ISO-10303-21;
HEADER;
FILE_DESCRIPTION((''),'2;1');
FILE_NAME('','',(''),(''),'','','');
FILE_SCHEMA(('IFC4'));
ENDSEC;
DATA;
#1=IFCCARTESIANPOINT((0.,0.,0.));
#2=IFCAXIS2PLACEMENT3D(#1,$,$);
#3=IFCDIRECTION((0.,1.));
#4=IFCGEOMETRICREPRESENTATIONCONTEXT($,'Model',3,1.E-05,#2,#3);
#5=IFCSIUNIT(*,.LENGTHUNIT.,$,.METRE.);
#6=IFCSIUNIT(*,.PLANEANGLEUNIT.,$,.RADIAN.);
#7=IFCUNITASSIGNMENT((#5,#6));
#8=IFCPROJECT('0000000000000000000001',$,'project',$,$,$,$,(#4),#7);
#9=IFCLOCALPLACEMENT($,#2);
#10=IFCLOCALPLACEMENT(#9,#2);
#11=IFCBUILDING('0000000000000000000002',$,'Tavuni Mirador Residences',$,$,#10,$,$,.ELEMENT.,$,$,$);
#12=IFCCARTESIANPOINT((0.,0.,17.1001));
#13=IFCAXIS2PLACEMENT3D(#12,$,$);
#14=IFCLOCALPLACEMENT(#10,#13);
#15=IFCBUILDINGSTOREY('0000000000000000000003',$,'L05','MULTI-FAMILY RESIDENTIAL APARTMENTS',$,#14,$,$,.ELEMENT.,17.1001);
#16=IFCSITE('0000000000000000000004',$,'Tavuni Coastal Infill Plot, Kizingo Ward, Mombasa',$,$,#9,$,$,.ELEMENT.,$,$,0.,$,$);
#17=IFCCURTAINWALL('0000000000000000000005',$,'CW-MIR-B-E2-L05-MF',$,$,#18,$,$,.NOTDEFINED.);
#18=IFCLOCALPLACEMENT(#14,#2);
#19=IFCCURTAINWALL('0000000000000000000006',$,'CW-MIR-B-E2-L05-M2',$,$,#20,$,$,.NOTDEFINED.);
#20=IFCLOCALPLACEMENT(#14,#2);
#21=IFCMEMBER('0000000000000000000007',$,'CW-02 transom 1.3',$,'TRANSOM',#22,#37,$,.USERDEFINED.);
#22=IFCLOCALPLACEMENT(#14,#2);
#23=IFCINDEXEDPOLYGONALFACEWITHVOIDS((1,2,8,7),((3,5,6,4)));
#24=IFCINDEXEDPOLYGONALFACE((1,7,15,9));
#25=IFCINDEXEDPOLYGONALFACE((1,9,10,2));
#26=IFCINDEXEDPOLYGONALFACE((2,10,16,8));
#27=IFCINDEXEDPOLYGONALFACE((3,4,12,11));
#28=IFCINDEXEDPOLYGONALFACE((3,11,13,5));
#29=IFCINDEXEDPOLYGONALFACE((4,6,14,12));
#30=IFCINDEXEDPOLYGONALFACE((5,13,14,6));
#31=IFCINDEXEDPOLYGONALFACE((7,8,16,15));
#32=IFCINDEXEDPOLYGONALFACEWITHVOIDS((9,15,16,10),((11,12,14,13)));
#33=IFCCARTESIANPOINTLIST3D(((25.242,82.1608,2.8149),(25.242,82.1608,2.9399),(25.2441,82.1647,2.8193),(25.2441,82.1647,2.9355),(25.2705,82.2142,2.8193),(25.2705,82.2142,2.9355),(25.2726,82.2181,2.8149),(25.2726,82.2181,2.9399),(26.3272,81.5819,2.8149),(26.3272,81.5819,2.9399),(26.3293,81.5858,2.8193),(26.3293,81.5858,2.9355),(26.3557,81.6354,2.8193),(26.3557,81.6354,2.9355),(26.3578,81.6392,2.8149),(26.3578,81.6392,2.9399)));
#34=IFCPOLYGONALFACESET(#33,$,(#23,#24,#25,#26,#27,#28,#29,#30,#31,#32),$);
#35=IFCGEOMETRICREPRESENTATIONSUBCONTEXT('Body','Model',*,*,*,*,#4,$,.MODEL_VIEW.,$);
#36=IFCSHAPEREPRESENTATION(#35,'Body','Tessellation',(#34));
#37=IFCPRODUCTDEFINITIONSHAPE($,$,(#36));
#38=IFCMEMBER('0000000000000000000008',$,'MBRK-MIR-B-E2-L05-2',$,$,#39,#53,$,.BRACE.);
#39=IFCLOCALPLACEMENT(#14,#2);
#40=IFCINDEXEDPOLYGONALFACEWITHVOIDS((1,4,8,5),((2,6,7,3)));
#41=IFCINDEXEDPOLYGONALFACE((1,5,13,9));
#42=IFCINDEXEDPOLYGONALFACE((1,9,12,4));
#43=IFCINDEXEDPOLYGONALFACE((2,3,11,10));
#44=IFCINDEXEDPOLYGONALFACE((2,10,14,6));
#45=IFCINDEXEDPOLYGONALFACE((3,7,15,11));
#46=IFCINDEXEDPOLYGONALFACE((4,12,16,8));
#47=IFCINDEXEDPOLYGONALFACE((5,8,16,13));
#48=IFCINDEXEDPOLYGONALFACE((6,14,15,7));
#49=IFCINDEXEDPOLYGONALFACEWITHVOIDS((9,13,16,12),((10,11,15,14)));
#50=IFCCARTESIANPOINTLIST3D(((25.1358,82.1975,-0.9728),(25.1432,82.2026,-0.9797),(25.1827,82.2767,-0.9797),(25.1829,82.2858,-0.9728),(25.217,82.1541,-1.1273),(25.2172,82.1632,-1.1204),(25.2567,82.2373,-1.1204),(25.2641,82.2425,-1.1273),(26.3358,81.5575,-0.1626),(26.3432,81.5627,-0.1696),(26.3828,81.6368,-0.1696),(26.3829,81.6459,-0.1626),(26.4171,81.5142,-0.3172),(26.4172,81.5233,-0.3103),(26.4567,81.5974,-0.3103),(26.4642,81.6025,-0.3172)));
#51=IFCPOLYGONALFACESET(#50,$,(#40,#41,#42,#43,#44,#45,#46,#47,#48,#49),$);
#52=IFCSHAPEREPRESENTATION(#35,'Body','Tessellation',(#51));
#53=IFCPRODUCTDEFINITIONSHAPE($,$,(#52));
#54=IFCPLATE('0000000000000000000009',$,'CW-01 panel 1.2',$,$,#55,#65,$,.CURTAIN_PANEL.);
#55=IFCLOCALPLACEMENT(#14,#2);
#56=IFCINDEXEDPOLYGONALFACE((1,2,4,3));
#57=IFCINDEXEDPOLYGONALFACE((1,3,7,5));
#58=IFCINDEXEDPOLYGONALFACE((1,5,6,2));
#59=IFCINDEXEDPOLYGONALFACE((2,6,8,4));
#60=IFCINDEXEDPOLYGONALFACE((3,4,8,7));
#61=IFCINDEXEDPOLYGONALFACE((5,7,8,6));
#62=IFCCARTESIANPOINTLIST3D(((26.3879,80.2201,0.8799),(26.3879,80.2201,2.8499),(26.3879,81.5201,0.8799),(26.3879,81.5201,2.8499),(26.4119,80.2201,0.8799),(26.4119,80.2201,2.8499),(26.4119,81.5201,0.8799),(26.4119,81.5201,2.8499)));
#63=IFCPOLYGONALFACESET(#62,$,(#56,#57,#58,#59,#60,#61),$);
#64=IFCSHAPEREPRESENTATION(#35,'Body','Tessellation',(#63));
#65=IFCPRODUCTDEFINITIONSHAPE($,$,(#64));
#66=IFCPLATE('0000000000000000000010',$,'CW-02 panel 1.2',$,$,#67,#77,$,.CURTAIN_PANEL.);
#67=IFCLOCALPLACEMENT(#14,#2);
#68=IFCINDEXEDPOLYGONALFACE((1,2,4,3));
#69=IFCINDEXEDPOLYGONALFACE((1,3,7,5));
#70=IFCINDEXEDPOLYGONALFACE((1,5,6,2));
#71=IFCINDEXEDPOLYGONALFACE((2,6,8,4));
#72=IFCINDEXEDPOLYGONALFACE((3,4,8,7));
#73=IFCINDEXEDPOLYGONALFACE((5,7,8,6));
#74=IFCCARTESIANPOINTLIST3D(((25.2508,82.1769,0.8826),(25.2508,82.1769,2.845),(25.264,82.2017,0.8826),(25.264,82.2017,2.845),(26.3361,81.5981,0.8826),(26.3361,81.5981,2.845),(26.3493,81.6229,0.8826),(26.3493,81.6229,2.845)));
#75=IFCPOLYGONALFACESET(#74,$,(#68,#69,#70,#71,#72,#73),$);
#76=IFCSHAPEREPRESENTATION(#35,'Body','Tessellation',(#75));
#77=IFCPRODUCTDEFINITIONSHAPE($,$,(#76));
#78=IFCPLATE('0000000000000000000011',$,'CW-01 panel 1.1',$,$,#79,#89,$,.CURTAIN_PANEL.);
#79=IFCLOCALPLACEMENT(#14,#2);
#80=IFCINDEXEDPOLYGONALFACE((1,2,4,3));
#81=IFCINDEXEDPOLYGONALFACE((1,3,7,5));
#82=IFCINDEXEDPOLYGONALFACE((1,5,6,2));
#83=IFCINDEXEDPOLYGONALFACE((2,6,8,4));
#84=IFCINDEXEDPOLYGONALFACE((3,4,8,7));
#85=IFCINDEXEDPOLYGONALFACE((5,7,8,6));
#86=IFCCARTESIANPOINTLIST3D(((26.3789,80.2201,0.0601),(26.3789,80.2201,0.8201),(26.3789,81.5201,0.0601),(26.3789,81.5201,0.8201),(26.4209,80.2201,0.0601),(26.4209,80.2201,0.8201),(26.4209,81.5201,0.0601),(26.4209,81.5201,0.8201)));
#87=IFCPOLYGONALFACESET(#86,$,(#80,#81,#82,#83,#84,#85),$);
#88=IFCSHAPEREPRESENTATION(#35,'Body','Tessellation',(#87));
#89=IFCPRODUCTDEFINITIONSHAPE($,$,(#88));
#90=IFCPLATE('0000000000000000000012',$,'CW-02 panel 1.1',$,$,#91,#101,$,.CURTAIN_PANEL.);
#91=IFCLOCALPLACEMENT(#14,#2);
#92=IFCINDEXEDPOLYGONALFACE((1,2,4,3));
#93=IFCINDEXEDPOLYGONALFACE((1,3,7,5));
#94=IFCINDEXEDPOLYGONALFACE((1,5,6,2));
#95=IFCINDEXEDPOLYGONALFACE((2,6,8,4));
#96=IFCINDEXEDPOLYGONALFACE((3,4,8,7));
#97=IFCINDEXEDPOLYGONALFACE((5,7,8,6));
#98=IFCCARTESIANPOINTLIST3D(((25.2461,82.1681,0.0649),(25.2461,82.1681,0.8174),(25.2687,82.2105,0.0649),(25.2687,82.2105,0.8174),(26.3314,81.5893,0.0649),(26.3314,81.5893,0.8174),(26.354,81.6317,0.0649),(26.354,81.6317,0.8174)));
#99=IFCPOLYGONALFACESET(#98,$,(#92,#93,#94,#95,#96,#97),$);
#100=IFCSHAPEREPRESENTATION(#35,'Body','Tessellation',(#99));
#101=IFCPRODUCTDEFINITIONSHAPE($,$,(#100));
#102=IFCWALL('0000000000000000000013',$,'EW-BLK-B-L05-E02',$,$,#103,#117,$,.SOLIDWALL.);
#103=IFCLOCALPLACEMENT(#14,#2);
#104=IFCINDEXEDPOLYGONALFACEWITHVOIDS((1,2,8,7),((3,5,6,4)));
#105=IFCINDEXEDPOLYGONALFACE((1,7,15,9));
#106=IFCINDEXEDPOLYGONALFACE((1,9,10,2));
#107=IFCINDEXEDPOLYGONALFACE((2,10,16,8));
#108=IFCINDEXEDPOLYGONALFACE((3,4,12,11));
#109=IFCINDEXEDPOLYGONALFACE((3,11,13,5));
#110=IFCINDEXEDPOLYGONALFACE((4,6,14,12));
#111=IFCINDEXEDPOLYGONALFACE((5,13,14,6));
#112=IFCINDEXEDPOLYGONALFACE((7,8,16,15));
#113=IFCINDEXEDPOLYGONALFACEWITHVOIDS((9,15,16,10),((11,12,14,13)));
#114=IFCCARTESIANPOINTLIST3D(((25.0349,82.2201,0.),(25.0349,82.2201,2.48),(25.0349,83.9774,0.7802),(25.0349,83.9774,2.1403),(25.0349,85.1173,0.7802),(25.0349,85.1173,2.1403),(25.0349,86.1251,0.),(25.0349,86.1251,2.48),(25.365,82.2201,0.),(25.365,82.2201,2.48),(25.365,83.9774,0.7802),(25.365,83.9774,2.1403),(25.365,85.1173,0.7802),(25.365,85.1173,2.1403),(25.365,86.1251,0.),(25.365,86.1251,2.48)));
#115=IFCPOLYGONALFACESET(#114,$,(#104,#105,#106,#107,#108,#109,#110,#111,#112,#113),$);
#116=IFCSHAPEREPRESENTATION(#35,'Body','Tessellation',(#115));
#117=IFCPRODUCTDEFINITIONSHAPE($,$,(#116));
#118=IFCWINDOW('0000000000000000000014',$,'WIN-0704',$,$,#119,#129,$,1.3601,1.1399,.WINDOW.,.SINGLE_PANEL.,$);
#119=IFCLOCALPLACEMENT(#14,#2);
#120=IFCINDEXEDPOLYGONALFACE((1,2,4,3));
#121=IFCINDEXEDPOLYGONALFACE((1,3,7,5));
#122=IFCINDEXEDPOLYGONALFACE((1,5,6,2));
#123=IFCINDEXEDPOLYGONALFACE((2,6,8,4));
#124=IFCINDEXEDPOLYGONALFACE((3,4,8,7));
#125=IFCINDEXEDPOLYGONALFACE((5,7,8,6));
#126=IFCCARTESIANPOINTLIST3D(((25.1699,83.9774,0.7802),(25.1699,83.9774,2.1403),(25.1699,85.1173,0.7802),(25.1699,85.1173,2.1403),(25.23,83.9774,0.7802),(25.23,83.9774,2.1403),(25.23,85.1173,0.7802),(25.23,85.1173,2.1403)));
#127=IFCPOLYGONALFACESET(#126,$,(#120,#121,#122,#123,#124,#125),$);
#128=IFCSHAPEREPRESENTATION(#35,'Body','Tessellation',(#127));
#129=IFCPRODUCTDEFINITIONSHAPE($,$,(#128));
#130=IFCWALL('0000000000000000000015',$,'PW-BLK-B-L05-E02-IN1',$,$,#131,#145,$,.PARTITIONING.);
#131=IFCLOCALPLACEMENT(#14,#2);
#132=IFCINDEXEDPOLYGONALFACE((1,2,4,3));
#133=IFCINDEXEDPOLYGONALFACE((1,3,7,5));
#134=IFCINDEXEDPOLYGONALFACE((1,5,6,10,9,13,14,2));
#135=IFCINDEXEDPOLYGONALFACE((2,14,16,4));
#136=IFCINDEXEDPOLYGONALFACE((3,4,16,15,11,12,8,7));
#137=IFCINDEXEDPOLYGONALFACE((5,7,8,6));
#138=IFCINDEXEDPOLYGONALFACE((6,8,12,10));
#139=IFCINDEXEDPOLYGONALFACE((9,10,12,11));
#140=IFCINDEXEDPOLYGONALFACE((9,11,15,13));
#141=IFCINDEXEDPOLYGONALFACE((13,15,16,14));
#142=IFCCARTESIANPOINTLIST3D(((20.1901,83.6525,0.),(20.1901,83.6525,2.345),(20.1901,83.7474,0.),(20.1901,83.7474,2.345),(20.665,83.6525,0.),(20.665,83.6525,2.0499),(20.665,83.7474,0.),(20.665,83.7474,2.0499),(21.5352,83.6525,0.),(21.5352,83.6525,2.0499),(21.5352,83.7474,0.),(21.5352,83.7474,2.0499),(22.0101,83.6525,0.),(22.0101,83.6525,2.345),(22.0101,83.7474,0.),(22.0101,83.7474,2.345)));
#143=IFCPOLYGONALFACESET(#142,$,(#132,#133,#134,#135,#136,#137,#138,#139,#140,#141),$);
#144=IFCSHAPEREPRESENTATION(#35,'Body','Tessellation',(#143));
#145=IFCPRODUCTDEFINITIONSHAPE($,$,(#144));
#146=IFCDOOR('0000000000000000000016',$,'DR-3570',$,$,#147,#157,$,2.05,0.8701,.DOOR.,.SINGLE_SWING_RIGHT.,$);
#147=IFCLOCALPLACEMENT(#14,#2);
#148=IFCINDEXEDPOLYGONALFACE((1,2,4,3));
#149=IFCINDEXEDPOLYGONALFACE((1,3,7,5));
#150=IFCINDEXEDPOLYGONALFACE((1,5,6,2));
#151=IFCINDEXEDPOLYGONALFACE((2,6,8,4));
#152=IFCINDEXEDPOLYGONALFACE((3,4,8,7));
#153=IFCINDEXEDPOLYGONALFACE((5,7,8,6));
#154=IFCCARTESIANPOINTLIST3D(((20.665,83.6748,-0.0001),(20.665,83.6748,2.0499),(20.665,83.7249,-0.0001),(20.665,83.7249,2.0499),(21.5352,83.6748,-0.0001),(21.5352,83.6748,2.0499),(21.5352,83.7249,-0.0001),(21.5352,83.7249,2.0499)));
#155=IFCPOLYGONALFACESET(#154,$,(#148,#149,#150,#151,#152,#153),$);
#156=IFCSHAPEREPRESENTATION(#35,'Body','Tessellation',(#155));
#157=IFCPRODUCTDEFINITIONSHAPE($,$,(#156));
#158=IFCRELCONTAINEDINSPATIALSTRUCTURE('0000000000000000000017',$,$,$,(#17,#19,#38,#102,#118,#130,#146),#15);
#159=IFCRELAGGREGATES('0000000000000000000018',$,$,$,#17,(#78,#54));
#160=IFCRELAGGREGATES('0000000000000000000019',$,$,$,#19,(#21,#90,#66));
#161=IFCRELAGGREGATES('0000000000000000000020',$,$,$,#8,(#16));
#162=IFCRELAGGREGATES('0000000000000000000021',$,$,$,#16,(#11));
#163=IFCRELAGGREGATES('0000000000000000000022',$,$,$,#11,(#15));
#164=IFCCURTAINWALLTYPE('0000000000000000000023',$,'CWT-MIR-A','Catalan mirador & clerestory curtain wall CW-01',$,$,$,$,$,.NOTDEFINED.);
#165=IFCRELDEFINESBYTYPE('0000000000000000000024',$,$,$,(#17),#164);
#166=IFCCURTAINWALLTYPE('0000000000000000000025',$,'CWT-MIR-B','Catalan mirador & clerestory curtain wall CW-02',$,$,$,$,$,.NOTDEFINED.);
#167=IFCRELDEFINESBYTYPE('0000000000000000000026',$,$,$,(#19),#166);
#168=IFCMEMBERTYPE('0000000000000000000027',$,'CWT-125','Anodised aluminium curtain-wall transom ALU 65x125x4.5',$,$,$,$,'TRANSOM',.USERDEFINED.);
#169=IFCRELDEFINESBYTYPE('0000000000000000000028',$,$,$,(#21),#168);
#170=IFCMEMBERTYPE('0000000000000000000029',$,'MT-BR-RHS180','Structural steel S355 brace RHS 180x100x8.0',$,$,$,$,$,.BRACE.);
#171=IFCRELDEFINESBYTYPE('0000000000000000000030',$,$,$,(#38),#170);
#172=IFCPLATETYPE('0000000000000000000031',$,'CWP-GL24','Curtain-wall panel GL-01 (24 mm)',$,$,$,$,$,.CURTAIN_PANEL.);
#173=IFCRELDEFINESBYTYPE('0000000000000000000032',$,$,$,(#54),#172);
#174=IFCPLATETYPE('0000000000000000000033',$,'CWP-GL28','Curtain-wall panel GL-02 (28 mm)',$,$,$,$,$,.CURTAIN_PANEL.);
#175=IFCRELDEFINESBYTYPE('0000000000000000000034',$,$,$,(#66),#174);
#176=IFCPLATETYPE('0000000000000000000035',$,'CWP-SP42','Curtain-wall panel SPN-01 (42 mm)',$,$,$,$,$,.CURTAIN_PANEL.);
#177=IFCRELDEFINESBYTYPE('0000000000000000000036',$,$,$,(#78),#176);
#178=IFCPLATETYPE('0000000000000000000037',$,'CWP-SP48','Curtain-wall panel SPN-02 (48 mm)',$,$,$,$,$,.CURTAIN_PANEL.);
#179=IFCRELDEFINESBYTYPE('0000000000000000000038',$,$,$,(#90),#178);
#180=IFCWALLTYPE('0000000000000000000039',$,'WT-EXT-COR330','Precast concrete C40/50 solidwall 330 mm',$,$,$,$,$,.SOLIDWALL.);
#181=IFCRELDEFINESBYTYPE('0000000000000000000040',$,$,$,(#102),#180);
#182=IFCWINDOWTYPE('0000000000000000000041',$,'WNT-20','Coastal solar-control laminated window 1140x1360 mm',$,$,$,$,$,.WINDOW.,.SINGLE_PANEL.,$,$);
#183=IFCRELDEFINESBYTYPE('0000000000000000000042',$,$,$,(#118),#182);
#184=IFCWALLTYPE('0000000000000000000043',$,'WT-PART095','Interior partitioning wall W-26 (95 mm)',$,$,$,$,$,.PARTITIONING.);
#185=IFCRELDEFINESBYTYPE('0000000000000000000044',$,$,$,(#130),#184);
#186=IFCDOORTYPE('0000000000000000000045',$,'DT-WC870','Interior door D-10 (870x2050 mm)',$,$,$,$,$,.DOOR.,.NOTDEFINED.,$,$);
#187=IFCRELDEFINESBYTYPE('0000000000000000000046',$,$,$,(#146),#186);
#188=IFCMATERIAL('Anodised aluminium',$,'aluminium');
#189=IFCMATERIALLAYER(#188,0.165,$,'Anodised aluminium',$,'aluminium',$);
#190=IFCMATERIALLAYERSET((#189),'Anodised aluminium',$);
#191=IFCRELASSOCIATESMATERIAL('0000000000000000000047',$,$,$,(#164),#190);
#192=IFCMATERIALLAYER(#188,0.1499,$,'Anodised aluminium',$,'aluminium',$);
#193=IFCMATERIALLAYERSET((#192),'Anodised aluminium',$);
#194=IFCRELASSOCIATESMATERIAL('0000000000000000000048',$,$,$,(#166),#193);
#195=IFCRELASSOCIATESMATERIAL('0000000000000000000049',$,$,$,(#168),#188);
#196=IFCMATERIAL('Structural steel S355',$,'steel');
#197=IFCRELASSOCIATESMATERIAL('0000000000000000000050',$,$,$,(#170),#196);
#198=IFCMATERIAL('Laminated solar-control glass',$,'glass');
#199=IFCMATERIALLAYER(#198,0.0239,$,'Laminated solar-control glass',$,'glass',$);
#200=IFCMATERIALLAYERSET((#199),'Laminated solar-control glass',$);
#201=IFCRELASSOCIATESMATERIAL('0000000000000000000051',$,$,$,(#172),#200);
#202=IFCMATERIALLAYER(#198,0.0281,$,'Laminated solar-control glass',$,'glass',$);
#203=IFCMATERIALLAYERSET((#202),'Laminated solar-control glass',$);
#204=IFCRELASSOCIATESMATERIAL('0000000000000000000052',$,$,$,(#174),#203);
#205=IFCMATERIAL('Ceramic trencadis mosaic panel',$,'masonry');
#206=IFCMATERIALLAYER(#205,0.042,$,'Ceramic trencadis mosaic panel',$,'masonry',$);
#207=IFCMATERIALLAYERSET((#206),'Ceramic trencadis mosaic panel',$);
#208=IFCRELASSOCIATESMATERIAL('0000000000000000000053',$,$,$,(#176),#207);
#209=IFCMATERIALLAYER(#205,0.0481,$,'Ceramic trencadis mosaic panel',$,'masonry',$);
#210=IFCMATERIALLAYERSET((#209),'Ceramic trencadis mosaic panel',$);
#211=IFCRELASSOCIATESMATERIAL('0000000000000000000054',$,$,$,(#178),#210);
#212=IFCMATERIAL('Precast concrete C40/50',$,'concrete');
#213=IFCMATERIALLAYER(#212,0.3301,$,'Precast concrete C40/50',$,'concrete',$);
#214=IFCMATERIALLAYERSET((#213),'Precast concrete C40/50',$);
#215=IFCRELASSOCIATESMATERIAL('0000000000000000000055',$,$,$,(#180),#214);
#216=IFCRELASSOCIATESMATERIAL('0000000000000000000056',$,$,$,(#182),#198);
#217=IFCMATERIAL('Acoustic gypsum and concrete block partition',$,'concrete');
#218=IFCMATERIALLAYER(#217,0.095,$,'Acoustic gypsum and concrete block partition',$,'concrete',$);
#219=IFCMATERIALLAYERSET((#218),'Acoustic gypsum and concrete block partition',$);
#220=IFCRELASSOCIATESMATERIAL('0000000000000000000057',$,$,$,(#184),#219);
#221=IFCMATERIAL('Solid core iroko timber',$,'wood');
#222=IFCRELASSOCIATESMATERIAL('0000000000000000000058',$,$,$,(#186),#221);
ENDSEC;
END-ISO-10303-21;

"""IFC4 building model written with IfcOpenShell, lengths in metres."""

from ifc_helpers import new_model, si_unit, direction, frame, frame_2d, origin, origin_2d, place, context, subcontext, project, spatial, rectangle, hollow_rectangle, extrude, material, layer, layer_set, material_profile, profile_set, type_object, element, fill, aggregate, save


model = new_model("IFC4")

# Units and contexts
model_context = context("Model", 3, precision=1e-05, world=origin(), true_north=direction((0.0, 1.0)))
body_context = subcontext(model_context, "Body", "Model", "MODEL_VIEW")
ifc_project = project(units=[si_unit("LENGTHUNIT", "METRE"), si_unit("PLANEANGLEUNIT", "RADIAN")], contexts=[model_context])

# Site, building, storey
site_placement = place(None, origin())
site = spatial("IfcSite", under=ifc_project, at=site_placement, Name="Tavuni Coastal Infill Plot, Kizingo Ward, Mombasa", CompositionType="ELEMENT", RefElevation=0.0)
building_placement = place(site_placement, origin())
building = spatial("IfcBuilding", under=site, at=building_placement, Name="Tavuni Mirador Residences", CompositionType="ELEMENT")
storey_placement = place(building_placement, frame((0.0, 0.0, 17.1001)))
storey = spatial("IfcBuildingStorey", under=building, at=storey_placement, Name="L05", Description="MULTI-FAMILY RESIDENTIAL APARTMENTS", CompositionType="ELEMENT", Elevation=17.1001)

# Shared definitions
ifc_material_1 = material(Name="Precast concrete C40/50", Category="concrete")

# Curtain walls
ifc_material_2 = material(Name="Anodised aluminium", Category="aluminium")
ifc_layer_1 = layer(ifc_material_2, 0.165, Name="Anodised aluminium", Category="aluminium")
ifc_layer_set_1 = layer_set([ifc_layer_1], Name="Anodised aluminium")
curtain_wall_type_1 = type_object("IfcCurtainWallType", Name="CWT-MIR-A", Description="Catalan mirador & clerestory curtain wall CW-01", PredefinedType="NOTDEFINED", material=ifc_layer_set_1)
curtain_wall_1_placement = place(storey_placement, origin())
curtain_wall_1 = element("IfcCurtainWall", 1, at=curtain_wall_1_placement, inside=storey, type_object=curtain_wall_type_1, Name="CW-MIR-B-E2-L05-MF", PredefinedType="NOTDEFINED")
ifc_layer_2 = layer(ifc_material_2, 0.1499, Name="Anodised aluminium", Category="aluminium")
ifc_layer_set_2 = layer_set([ifc_layer_2], Name="Anodised aluminium")
curtain_wall_type_2 = type_object("IfcCurtainWallType", Name="CWT-MIR-B", Description="Catalan mirador & clerestory curtain wall CW-02", PredefinedType="NOTDEFINED", material=ifc_layer_set_2)
curtain_wall_2_placement = place(storey_placement, origin())
curtain_wall_2 = element("IfcCurtainWall", 2, at=curtain_wall_2_placement, inside=storey, type_object=curtain_wall_type_2, Name="CW-MIR-B-E2-L05-M2", PredefinedType="NOTDEFINED")

# Members
ifc_material_profile_1 = material_profile(ifc_material_2, hollow_rectangle(XDim=0.0649, YDim=0.125, WallThickness=0.0044, at=origin_2d()), Name="ALU 65x125x4.5", Category="aluminium")
ifc_profile_set_1 = profile_set([ifc_material_profile_1], Name="Anodised aluminium")
member_type_1 = type_object("IfcMemberType", Name="CWT-125", Description="Anodised aluminium curtain-wall transom ALU 65x125x4.5", ElementType="TRANSOM", PredefinedType="USERDEFINED", material=ifc_profile_set_1)
member_1_placement = place(storey_placement, frame((26.3425, 81.6106, 2.8774), z_axis=(-0.882325, 0.47064, 0.0), x_axis=(-0.47064, -0.882325, 0.0)))
member_1 = element("IfcMember", 3, at=member_1_placement, type_object=member_type_1, Name="CW-02 transom 1.3", ObjectType="TRANSOM", PredefinedType="USERDEFINED", context=body_context, shape_type="SweptSolid", body=[
    extrude(hollow_rectangle(XDim=0.0649, YDim=0.125, WallThickness=0.0044, at=origin_2d()), origin(), (0.0, 0.0, 1.0), 1.23),
])
ifc_material_3 = material(Name="Structural steel S355", Category="steel")
ifc_material_profile_2 = material_profile(ifc_material_3, hollow_rectangle(XDim=0.1001, YDim=0.1799, WallThickness=0.0081, at=origin_2d()), Name="RHS 180x100x8.0", Category="steel")
ifc_profile_set_2 = profile_set([ifc_material_profile_2], Name="Structural steel S355")
member_type_2 = type_object("IfcMemberType", Name="MT-BR-RHS180", Description="Structural steel S355 brace RHS 180x100x8.0", PredefinedType="BRACE", material=ifc_profile_set_2)
member_2_placement = place(storey_placement, frame((25.2, 82.22, -1.05), z_axis=(0.758076, -0.404256, 0.511759), x_axis=(0.470542, 0.882378, 0.0)))
element("IfcMember", 4, at=member_2_placement, inside=storey, type_object=member_type_2, Name="MBRK-MIR-B-E2-L05-2", PredefinedType="BRACE", context=body_context, shape_type="SweptSolid", body=[
    extrude(hollow_rectangle(XDim=0.1001, YDim=0.1799, WallThickness=0.0081, at=origin_2d()), origin(), (0.0, 0.0, 1.0), 1.583),
])

# Plates
ifc_material_4 = material(Name="Laminated solar-control glass", Category="glass")
ifc_layer_3 = layer(ifc_material_4, 0.0239, Name="Laminated solar-control glass", Category="glass")
ifc_layer_set_3 = layer_set([ifc_layer_3], Name="Laminated solar-control glass")
plate_type_1 = type_object("IfcPlateType", Name="CWP-GL24", Description="Curtain-wall panel GL-01 (24 mm)", PredefinedType="CURTAIN_PANEL", material=ifc_layer_set_3)
plate_1_placement = place(storey_placement, frame((26.3999, 80.8701, 0.8799), z_axis=(0.0, 0.0, 1.0), x_axis=(0.0, 1.0, 0.0)))
plate_1 = element("IfcPlate", 5, at=plate_1_placement, type_object=plate_type_1, Name="CW-01 panel 1.2", PredefinedType="CURTAIN_PANEL", context=body_context, shape_type="SweptSolid", body=[
    extrude(rectangle(XDim=1.3, YDim=0.0239, at=origin_2d()), origin(), (0.0, 0.0, 1.0), 1.97),
])
ifc_layer_4 = layer(ifc_material_4, 0.0281, Name="Laminated solar-control glass", Category="glass")
ifc_layer_set_4 = layer_set([ifc_layer_4], Name="Laminated solar-control glass")
plate_type_2 = type_object("IfcPlateType", Name="CWP-GL28", Description="Curtain-wall panel GL-02 (28 mm)", PredefinedType="CURTAIN_PANEL", material=ifc_layer_set_4)
plate_2_placement = place(storey_placement, frame((25.8, 81.8999, 0.8826), z_axis=(0.0, 0.0, 1.0), x_axis=(-0.882353, 0.470588, 0.0)))
plate_2 = element("IfcPlate", 6, at=plate_2_placement, type_object=plate_type_2, Name="CW-02 panel 1.2", PredefinedType="CURTAIN_PANEL", context=body_context, shape_type="SweptSolid", body=[
    extrude(rectangle(XDim=1.23, YDim=0.0281, at=origin_2d()), origin(), (0.0, 0.0, 1.0), 1.9624),
])
ifc_material_5 = material(Name="Ceramic trencadis mosaic panel", Category="masonry")
ifc_layer_5 = layer(ifc_material_5, 0.042, Name="Ceramic trencadis mosaic panel", Category="masonry")
ifc_layer_set_5 = layer_set([ifc_layer_5], Name="Ceramic trencadis mosaic panel")
plate_type_3 = type_object("IfcPlateType", Name="CWP-SP42", Description="Curtain-wall panel SPN-01 (42 mm)", PredefinedType="CURTAIN_PANEL", material=ifc_layer_set_5)
plate_3_placement = place(storey_placement, frame((26.3999, 80.8701, 0.0601), z_axis=(0.0, 0.0, 1.0), x_axis=(0.0, 1.0, 0.0)))
plate_3 = element("IfcPlate", 7, at=plate_3_placement, type_object=plate_type_3, Name="CW-01 panel 1.1", PredefinedType="CURTAIN_PANEL", context=body_context, shape_type="SweptSolid", body=[
    extrude(rectangle(XDim=1.3, YDim=0.042, at=origin_2d()), origin(), (0.0, 0.0, 1.0), 0.76),
])
aggregate(curtain_wall_1, [plate_3, plate_1])
ifc_layer_6 = layer(ifc_material_5, 0.0481, Name="Ceramic trencadis mosaic panel", Category="masonry")
ifc_layer_set_6 = layer_set([ifc_layer_6], Name="Ceramic trencadis mosaic panel")
plate_type_4 = type_object("IfcPlateType", Name="CWP-SP48", Description="Curtain-wall panel SPN-02 (48 mm)", PredefinedType="CURTAIN_PANEL", material=ifc_layer_set_6)
plate_4_placement = place(storey_placement, frame((25.8, 81.8999, 0.0649), z_axis=(0.0, 0.0, 1.0), x_axis=(-0.882353, 0.470588, 0.0)))
plate_4 = element("IfcPlate", 8, at=plate_4_placement, type_object=plate_type_4, Name="CW-02 panel 1.1", PredefinedType="CURTAIN_PANEL", context=body_context, shape_type="SweptSolid", body=[
    extrude(rectangle(XDim=1.23, YDim=0.0481, at=origin_2d()), origin(), (0.0, 0.0, 1.0), 0.7524),
])
aggregate(curtain_wall_2, [member_1, plate_4, plate_2])

# Wall, opening, window
ifc_layer_7 = layer(ifc_material_1, 0.3301, Name="Precast concrete C40/50", Category="concrete")
ifc_layer_set_7 = layer_set([ifc_layer_7], Name="Precast concrete C40/50")
wall_type_1 = type_object("IfcWallType", Name="WT-EXT-COR330", Description="Precast concrete C40/50 solidwall 330 mm", PredefinedType="SOLIDWALL", material=ifc_layer_set_7)
wall_1_placement = place(storey_placement, frame((25.2, 82.22, 0.0), z_axis=(0.0, 0.0, 1.0), x_axis=(0.0, 1.0, 0.0)))
wall_1 = element("IfcWall", 9, at=wall_1_placement, inside=storey, type_object=wall_type_1, Name="EW-BLK-B-L05-E02", PredefinedType="SOLIDWALL", context=body_context, shape_type="SweptSolid", body=[
    extrude(rectangle(XDim=3.905, YDim=0.3301, at=frame_2d((1.9526, 0.0))), origin(), (0.0, 0.0, 1.0), 2.48),
])
opening_1_placement = place(wall_1_placement, frame((1.7576, 0.0, 0.78)))
opening_1 = element("IfcOpeningElement", 10, at=opening_1_placement, cuts=wall_1, PredefinedType="OPENING", context=body_context, shape_type="SweptSolid", body=[
    extrude(rectangle(XDim=1.1399, YDim=1.3601, at=frame_2d((0.5698, 0.6802))), frame((0.0, 0.175, 0.0), z_axis=(0.0, -1.0, 0.0), x_axis=(1.0, 0.0, 0.0)), (0.0, 0.0, 1.0), 0.3501),
])
window_type = type_object("IfcWindowType", Name="WNT-20", Description="Coastal solar-control laminated window 1140x1360 mm", PartitioningType="SINGLE_PANEL", PredefinedType="WINDOW", material=ifc_material_4)
window_placement = place(opening_1_placement, origin())
window = element("IfcWindow", 11, at=window_placement, inside=storey, type_object=window_type, Name="WIN-0704", OverallHeight=1.3601, OverallWidth=1.1399, PartitioningType="SINGLE_PANEL", PredefinedType="WINDOW", context=body_context, shape_type="SweptSolid", body=[
    extrude(rectangle(XDim=1.1399, YDim=1.3601, at=frame_2d((0.5698, 0.6802))), frame((0.0, 0.03, 0.0), z_axis=(0.0, -1.0, 0.0), x_axis=(1.0, 0.0, 0.0)), (0.0, 0.0, 1.0), 0.0601),
])
fill(opening_1, window)

# Wall, opening, door
ifc_material_6 = material(Name="Acoustic gypsum and concrete block partition", Category="concrete")
ifc_layer_8 = layer(ifc_material_6, 0.095, Name="Acoustic gypsum and concrete block partition", Category="concrete")
ifc_layer_set_8 = layer_set([ifc_layer_8], Name="Acoustic gypsum and concrete block partition")
wall_type_2 = type_object("IfcWallType", Name="WT-PART095", Description="Interior partitioning wall W-26 (95 mm)", PredefinedType="PARTITIONING", material=ifc_layer_set_8)
wall_2_placement = place(storey_placement, frame((20.1899, 83.7, 0.0), z_axis=(0.0, 0.0, 1.0), x_axis=(1.0, 0.0, 0.0)))
wall_2 = element("IfcWall", 12, at=wall_2_placement, inside=storey, type_object=wall_type_2, Name="PW-BLK-B-L05-E02-IN1", PredefinedType="PARTITIONING", context=body_context, shape_type="SweptSolid", body=[
    extrude(rectangle(XDim=1.8201, YDim=0.095, at=frame_2d((0.9102, 0.0))), origin(), (0.0, 0.0, 1.0), 2.345),
])
opening_2_placement = place(wall_2_placement, frame((0.4751, 0.0, 0.0)))
opening_2 = element("IfcOpeningElement", 13, at=opening_2_placement, cuts=wall_2, PredefinedType="OPENING", context=body_context, shape_type="SweptSolid", body=[
    extrude(rectangle(XDim=0.8701, YDim=2.05, at=frame_2d((0.4351, 1.0249))), frame((0.0, 0.0576, 0.0), z_axis=(0.0, -1.0, 0.0), x_axis=(1.0, 0.0, 0.0)), (0.0, 0.0, 1.0), 0.115),
])
ifc_material_7 = material(Name="Solid core iroko timber", Category="wood")
door_type_1 = type_object("IfcDoorType", Name="DT-WC870", Description="Interior door D-10 (870x2050 mm)", OperationType="NOTDEFINED", PredefinedType="DOOR", material=ifc_material_7)
door_1_placement = place(opening_2_placement, origin())
door_1 = element("IfcDoor", 14, at=door_1_placement, inside=storey, type_object=door_type_1, Name="DR-3570", OperationType="SINGLE_SWING_RIGHT", OverallHeight=2.05, OverallWidth=0.8701, PredefinedType="DOOR", context=body_context, shape_type="SweptSolid", body=[
    extrude(rectangle(XDim=0.8701, YDim=2.05, at=frame_2d((0.4351, 1.0249))), frame((0.0, 0.0249, 0.0), z_axis=(0.0, -1.0, 0.0), x_axis=(1.0, 0.0, 0.0)), (0.0, 0.0, 1.0), 0.05),
])
fill(opening_2, door_1)

save(model, "model.ifc")
